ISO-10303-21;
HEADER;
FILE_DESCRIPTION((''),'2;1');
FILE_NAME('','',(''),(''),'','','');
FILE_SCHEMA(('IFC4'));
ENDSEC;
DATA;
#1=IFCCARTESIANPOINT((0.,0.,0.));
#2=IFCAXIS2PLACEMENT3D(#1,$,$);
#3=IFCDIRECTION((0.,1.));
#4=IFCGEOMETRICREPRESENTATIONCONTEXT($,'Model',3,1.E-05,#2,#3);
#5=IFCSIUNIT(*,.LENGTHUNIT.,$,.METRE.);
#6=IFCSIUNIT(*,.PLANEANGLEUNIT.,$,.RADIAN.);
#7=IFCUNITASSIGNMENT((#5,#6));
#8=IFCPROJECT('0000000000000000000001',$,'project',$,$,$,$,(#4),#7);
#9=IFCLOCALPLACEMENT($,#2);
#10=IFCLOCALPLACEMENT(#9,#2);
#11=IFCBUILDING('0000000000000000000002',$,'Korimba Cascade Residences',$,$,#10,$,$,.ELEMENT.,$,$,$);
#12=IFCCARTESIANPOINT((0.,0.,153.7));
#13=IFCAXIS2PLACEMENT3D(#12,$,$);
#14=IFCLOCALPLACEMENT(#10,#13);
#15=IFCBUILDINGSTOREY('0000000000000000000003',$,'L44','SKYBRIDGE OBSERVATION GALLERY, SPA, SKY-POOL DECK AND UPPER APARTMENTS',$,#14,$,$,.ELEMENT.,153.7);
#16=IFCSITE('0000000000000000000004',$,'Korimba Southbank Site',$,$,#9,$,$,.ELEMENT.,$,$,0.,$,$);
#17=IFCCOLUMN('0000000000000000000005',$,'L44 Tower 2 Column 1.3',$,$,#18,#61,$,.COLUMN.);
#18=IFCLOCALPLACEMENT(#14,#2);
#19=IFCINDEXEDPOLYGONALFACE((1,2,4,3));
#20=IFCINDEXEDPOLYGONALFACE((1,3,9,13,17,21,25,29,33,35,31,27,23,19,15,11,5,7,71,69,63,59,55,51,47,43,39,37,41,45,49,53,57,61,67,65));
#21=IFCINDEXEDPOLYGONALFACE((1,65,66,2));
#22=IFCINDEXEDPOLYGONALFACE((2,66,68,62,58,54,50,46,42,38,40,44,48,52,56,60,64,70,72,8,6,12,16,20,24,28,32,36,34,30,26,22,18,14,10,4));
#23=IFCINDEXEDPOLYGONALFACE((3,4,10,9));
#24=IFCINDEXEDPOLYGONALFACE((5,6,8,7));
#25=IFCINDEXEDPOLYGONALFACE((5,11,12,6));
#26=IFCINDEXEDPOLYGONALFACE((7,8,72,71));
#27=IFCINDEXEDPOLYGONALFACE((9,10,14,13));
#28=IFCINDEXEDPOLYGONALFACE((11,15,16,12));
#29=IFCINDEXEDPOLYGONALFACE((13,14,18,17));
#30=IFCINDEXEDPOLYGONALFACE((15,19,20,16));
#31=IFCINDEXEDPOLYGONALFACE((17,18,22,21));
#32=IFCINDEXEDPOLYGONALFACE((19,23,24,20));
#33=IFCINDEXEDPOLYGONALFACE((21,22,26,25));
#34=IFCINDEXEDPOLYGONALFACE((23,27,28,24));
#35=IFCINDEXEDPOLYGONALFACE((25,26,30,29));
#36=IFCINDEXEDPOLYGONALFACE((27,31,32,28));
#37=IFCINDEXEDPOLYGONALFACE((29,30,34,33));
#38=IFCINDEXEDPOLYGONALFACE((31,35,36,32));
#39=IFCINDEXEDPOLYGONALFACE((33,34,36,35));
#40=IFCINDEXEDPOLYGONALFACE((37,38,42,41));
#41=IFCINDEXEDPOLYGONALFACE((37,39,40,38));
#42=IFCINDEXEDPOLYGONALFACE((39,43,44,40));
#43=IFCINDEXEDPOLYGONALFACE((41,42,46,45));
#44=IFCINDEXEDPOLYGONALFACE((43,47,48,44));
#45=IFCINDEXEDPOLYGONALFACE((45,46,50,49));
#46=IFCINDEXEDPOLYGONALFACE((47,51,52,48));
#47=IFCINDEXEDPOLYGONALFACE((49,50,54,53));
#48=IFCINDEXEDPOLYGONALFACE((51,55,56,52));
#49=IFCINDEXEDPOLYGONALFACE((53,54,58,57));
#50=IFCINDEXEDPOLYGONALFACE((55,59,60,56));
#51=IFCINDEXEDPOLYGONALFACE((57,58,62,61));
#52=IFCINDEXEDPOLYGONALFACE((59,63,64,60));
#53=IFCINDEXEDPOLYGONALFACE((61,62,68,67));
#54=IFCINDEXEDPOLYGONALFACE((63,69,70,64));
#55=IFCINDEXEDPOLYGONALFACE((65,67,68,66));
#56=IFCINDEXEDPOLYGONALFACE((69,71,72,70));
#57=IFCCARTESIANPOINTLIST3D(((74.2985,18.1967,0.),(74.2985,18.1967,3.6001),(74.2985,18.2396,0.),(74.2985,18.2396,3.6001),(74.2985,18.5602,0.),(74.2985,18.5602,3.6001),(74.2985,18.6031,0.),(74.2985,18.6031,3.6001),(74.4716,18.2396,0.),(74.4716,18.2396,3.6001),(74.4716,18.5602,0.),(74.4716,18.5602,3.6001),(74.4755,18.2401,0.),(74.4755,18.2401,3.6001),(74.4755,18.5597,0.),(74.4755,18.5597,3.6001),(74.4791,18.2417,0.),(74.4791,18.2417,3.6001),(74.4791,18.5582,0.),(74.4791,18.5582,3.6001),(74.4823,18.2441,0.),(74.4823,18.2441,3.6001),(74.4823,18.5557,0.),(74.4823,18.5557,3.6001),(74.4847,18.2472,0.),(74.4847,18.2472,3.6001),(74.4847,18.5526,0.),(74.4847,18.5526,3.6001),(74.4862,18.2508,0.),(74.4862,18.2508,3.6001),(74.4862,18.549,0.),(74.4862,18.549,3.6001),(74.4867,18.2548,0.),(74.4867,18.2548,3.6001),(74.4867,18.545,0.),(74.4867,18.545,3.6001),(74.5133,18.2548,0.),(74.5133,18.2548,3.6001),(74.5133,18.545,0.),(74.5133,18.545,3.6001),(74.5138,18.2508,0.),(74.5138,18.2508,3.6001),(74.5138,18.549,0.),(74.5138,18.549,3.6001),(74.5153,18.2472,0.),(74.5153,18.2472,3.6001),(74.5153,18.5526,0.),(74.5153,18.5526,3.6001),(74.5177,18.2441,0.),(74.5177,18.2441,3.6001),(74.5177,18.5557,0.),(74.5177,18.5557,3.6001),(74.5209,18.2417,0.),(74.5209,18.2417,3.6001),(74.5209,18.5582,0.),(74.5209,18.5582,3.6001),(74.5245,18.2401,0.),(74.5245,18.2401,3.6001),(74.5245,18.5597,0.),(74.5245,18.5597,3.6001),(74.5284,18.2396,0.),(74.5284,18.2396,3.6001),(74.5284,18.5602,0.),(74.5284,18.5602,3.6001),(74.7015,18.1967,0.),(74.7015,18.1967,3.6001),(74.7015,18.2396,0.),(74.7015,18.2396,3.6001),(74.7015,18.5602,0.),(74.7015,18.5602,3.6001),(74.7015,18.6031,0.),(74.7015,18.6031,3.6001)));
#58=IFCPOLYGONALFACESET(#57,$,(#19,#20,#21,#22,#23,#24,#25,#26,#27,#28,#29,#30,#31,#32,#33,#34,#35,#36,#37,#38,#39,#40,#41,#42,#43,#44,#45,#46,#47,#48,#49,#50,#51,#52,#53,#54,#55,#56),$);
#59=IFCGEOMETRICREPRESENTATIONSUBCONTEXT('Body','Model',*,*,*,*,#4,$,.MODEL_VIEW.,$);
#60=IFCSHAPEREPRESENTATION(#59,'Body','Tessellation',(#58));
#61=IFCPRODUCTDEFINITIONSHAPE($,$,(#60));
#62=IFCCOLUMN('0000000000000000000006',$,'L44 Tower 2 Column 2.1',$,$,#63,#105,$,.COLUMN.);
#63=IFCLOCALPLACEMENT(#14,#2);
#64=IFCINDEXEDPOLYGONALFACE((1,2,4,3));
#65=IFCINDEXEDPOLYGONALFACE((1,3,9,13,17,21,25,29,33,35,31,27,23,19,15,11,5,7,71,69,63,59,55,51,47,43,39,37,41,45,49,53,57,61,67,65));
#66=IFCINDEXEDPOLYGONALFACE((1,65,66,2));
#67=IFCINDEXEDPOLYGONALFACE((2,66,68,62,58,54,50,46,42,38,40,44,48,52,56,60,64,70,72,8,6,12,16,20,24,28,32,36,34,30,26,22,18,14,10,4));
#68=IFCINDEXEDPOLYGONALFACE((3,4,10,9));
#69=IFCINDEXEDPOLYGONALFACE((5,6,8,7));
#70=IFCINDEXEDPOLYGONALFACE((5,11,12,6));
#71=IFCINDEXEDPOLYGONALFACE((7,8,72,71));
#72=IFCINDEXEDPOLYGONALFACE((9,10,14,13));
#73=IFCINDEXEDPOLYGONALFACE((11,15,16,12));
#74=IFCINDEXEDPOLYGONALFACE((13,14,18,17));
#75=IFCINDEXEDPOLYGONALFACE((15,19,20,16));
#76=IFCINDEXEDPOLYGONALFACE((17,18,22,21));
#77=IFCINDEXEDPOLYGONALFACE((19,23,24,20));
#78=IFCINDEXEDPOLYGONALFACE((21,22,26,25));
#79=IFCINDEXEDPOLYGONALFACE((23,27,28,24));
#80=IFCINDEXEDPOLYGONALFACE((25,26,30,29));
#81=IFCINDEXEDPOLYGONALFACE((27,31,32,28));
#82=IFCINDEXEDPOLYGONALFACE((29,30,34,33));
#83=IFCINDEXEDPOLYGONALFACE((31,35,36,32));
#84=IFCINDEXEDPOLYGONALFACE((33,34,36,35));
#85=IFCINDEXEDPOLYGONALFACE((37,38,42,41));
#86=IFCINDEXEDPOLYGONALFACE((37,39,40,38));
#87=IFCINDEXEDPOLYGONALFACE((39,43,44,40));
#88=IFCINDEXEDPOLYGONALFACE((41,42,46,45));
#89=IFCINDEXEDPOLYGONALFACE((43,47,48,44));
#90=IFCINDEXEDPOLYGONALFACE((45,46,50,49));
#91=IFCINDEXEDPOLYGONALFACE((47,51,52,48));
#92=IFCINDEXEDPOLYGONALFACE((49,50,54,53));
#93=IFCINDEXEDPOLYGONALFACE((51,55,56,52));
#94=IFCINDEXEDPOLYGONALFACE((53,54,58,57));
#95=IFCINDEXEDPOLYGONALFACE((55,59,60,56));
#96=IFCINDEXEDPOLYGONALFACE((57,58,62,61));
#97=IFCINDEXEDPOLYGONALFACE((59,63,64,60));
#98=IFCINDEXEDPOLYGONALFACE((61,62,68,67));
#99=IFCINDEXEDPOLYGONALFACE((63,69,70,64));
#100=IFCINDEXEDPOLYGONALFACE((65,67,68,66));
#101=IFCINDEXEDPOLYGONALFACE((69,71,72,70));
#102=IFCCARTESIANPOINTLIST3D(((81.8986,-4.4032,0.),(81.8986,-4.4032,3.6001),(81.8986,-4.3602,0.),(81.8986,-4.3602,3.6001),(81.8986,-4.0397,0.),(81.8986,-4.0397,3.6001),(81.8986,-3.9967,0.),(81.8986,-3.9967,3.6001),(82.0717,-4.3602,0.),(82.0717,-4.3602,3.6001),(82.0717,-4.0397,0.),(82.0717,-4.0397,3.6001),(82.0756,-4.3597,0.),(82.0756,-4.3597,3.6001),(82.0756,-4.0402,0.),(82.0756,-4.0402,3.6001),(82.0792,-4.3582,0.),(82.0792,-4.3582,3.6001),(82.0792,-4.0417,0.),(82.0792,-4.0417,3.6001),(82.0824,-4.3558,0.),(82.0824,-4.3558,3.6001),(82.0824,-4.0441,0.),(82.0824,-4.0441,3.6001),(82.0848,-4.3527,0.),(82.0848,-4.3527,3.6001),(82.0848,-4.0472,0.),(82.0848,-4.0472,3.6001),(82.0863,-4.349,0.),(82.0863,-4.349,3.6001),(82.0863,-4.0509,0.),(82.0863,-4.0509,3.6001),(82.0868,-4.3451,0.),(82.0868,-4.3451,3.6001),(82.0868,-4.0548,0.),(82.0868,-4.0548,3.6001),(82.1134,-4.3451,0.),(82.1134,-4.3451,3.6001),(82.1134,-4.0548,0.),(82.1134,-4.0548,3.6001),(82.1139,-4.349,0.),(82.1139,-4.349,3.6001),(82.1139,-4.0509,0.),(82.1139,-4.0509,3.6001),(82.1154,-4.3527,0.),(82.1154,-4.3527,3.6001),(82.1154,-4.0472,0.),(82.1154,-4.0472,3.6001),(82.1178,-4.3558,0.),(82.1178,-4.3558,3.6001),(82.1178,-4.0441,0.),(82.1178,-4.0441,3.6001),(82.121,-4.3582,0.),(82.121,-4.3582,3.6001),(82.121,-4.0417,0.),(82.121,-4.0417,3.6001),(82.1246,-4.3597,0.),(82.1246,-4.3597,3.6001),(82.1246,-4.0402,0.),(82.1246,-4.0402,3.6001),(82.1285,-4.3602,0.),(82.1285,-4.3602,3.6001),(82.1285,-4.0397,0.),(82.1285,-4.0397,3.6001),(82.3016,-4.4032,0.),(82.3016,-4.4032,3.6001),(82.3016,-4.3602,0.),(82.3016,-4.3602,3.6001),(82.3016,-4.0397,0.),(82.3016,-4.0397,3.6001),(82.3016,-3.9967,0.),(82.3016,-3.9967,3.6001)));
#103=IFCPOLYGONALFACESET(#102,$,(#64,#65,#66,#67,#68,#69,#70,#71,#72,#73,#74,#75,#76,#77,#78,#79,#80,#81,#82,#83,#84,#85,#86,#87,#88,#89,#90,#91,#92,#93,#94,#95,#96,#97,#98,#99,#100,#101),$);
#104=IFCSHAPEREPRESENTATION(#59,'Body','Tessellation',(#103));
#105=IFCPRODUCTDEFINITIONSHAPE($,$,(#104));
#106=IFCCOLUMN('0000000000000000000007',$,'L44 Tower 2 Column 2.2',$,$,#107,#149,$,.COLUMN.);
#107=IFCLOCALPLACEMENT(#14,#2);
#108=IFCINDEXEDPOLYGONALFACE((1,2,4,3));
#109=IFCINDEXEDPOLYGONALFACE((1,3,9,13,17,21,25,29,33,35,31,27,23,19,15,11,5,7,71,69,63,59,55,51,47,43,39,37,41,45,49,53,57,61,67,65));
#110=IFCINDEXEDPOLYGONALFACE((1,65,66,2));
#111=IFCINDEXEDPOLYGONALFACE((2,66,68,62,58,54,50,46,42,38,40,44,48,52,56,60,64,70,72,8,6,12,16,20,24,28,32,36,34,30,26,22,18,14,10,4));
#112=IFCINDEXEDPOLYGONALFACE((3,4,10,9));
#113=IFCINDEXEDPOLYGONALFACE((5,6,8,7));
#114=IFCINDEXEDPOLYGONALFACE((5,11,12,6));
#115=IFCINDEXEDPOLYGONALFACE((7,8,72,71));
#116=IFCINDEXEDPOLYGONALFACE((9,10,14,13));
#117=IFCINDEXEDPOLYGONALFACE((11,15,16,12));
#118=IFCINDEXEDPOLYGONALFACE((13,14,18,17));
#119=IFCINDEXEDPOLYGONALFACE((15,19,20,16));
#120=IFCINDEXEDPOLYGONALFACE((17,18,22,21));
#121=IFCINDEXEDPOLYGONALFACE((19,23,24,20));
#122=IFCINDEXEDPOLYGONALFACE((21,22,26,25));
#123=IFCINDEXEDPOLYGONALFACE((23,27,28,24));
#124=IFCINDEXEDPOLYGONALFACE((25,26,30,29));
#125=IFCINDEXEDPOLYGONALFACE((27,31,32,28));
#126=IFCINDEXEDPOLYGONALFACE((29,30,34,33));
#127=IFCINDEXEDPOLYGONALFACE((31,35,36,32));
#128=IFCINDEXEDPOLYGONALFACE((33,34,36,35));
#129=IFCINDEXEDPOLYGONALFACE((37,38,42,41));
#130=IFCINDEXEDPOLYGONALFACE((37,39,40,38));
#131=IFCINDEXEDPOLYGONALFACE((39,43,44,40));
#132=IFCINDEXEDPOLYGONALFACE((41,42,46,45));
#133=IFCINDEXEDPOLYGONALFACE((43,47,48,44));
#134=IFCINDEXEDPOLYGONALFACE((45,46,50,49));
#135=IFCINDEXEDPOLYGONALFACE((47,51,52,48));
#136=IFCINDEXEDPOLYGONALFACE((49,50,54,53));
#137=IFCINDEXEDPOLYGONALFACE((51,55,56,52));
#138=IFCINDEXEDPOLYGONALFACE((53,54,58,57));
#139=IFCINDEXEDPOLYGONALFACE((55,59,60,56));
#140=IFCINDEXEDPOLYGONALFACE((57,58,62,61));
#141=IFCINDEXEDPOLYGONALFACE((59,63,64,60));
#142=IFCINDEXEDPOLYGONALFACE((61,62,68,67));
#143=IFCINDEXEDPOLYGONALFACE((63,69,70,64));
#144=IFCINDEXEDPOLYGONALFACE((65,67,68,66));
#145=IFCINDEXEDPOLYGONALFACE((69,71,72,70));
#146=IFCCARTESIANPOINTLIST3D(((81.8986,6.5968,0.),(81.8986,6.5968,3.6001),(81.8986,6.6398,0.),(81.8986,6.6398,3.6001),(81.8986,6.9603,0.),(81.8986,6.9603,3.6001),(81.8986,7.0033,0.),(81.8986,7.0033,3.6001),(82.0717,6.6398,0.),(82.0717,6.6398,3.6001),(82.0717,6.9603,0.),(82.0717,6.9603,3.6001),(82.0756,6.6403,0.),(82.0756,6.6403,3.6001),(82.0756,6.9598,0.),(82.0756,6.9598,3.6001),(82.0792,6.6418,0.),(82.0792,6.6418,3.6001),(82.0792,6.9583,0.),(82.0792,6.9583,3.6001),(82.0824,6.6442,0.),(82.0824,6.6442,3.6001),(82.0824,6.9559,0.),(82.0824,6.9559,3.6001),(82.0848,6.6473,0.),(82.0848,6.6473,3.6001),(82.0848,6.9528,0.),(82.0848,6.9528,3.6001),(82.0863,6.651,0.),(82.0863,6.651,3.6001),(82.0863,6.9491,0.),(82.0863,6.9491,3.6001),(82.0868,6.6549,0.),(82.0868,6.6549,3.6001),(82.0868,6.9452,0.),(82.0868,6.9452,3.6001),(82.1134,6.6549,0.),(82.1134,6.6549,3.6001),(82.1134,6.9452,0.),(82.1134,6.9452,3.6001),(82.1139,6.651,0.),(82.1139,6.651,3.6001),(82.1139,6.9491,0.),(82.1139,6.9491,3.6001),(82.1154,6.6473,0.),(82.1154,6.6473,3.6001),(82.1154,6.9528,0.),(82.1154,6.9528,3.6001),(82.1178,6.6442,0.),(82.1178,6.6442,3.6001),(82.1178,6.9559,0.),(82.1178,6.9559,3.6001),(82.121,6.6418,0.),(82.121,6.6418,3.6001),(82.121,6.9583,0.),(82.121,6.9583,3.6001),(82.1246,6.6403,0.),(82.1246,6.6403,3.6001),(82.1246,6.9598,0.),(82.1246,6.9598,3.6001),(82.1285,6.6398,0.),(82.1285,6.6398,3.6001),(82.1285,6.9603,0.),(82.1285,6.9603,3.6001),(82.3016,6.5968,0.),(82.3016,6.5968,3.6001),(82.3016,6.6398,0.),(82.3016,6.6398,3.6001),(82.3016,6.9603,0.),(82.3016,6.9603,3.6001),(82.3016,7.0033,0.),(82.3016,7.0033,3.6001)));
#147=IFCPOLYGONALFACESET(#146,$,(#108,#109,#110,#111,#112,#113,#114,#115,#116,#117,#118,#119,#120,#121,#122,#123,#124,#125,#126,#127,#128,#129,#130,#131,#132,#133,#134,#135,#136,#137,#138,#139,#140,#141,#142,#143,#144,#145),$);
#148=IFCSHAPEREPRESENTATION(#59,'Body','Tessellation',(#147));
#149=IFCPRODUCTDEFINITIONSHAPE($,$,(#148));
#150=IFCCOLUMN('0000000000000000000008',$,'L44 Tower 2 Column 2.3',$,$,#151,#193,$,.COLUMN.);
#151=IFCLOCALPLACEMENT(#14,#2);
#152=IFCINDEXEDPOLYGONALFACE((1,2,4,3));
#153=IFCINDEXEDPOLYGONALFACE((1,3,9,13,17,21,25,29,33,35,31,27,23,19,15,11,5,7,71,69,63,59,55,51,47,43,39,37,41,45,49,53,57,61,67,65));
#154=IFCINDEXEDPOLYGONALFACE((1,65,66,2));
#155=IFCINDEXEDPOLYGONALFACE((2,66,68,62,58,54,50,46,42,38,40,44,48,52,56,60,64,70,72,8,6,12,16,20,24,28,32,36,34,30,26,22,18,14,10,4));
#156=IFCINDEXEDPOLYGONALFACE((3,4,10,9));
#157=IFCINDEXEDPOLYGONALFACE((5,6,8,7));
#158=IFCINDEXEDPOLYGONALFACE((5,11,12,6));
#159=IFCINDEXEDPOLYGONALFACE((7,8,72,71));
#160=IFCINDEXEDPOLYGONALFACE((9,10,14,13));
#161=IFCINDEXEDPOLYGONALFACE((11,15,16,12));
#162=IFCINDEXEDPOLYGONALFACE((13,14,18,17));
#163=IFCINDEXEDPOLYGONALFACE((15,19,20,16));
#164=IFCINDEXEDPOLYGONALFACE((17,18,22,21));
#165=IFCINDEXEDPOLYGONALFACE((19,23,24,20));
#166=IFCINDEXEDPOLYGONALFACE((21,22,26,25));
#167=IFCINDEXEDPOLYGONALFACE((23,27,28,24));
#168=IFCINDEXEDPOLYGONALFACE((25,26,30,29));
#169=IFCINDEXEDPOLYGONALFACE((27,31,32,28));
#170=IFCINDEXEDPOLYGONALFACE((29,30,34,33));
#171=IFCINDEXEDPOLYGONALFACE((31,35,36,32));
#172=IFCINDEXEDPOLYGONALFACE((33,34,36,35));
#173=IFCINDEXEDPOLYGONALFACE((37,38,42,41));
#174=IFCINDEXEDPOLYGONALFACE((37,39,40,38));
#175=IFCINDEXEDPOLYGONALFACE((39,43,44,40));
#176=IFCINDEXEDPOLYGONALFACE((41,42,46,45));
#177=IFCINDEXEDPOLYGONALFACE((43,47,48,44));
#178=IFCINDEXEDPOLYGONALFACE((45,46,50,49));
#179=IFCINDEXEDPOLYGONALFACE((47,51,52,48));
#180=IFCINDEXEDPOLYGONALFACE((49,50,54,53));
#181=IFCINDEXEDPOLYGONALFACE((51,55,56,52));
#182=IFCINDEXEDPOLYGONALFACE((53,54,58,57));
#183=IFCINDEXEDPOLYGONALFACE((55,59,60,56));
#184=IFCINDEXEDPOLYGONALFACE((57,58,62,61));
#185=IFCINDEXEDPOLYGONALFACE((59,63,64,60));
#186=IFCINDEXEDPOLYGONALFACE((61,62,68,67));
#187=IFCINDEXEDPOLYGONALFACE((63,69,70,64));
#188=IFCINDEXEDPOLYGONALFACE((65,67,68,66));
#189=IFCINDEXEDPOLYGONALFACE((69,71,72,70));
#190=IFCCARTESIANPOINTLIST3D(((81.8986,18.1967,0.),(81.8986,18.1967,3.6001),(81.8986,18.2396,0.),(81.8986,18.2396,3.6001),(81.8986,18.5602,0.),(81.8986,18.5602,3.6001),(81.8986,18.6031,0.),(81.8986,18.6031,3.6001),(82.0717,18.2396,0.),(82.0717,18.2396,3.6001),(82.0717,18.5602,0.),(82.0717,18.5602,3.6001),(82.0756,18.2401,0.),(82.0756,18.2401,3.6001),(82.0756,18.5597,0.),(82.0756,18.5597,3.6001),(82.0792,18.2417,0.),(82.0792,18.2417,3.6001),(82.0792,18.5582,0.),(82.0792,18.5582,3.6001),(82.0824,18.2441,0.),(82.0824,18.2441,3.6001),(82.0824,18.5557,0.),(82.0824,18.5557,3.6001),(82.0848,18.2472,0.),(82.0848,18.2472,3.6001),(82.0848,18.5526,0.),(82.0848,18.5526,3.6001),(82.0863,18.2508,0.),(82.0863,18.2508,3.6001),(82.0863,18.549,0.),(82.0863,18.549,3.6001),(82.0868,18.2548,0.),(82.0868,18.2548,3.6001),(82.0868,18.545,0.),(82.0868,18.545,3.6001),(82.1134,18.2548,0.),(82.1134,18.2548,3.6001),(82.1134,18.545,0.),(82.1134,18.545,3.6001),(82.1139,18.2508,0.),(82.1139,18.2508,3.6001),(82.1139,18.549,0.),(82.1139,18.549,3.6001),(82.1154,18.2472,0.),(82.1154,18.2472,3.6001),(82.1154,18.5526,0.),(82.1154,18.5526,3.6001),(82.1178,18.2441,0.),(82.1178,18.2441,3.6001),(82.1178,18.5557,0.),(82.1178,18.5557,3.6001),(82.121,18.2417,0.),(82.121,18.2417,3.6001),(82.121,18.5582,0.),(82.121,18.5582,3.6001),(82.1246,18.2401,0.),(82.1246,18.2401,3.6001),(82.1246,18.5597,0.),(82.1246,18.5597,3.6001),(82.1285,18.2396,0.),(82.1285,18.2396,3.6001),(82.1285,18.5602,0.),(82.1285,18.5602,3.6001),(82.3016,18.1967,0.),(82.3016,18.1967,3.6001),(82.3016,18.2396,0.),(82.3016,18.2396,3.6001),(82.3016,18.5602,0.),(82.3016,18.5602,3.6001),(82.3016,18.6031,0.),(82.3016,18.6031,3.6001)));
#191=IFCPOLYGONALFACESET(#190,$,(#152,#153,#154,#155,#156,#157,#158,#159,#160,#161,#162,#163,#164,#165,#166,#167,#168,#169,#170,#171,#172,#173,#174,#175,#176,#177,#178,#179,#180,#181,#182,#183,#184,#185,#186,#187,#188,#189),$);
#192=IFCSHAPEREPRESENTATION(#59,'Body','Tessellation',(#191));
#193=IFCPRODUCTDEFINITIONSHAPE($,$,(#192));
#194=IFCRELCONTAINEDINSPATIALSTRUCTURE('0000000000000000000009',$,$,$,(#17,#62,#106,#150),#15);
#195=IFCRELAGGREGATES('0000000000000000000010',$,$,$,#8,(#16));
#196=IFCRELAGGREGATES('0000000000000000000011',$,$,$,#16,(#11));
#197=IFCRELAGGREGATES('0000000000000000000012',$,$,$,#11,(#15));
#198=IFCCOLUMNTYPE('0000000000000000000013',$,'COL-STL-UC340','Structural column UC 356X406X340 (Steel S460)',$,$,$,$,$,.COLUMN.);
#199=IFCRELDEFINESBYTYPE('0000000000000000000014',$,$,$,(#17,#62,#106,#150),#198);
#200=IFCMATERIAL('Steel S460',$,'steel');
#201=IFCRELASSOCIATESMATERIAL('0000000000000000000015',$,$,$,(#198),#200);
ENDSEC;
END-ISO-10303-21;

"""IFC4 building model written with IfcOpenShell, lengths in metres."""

from ifc_helpers import new_model, si_unit, direction, frame, origin, origin_2d, place, context, subcontext, project, spatial, i_section, extrude, material, material_profile, profile_set, type_object, element, save


model = new_model("IFC4")

# Units and contexts
model_context = context("Model", 3, precision=1e-05, world=origin(), true_north=direction((0.0, 1.0)))
body_context = subcontext(model_context, "Body", "Model", "MODEL_VIEW")
ifc_project = project(units=[si_unit("LENGTHUNIT", "METRE"), si_unit("PLANEANGLEUNIT", "RADIAN")], contexts=[model_context])

# Site, building, storey
site_placement = place(None, origin())
site = spatial("IfcSite", under=ifc_project, at=site_placement, Name="Korimba Southbank Site", CompositionType="ELEMENT", RefElevation=0.0)
building_placement = place(site_placement, origin())
building = spatial("IfcBuilding", under=site, at=building_placement, Name="Korimba Cascade Residences", CompositionType="ELEMENT")
storey_placement = place(building_placement, frame((0.0, 0.0, 153.7)))
storey = spatial("IfcBuildingStorey", under=building, at=storey_placement, Name="L44", Description="SKYBRIDGE OBSERVATION GALLERY, SPA, SKY-POOL DECK AND UPPER APARTMENTS", CompositionType="ELEMENT", Elevation=153.7)

# Columns
ifc_material_1 = material(Name="Steel S460", Category="steel")
ifc_material_profile_1 = material_profile(ifc_material_1, i_section(OverallWidth=0.4031, OverallDepth=0.4065, WebThickness=0.0266, FlangeThickness=0.043, FilletRadius=0.0151, at=origin_2d()), Name="Steel S460")
ifc_profile_set_1 = profile_set([ifc_material_profile_1], Name="Steel S460")
column_type = type_object("IfcColumnType", Name="COL-STL-UC340", Description="Structural column UC 356X406X340 (Steel S460)", PredefinedType="COLUMN", material=ifc_profile_set_1)
for number, where, z_axis, x_axis, name in (
    (1, (74.5, 18.3999, 0.0), (0.0, 0.0, 1.0), (1.0, 0.0, 0.0), "L44 Tower 2 Column 1.3"),
    (2, (82.1001, -4.2, 0.0), (0.0, 0.0, 1.0), (1.0, 0.0, 0.0), "L44 Tower 2 Column 2.1"),
    (3, (82.1001, 6.8, 0.0), (0.0, 0.0, 1.0), (1.0, 0.0, 0.0), "L44 Tower 2 Column 2.2"),
    (4, (82.1001, 18.3999, 0.0), (0.0, 0.0, 1.0), (1.0, 0.0, 0.0), "L44 Tower 2 Column 2.3"),
):
    element("IfcColumn", number, at=place(storey_placement, frame(where, z_axis=z_axis, x_axis=x_axis)), inside=storey, type_object=column_type, Name=name, PredefinedType="COLUMN", context=body_context, shape_type="SweptSolid", body=[
        extrude(i_section(OverallWidth=0.4031, OverallDepth=0.4065, WebThickness=0.0266, FlangeThickness=0.043, FilletRadius=0.0151, at=origin_2d()), origin(), (0.0, 0.0, 1.0), 3.6001),
    ])

save(model, "model.ifc")
